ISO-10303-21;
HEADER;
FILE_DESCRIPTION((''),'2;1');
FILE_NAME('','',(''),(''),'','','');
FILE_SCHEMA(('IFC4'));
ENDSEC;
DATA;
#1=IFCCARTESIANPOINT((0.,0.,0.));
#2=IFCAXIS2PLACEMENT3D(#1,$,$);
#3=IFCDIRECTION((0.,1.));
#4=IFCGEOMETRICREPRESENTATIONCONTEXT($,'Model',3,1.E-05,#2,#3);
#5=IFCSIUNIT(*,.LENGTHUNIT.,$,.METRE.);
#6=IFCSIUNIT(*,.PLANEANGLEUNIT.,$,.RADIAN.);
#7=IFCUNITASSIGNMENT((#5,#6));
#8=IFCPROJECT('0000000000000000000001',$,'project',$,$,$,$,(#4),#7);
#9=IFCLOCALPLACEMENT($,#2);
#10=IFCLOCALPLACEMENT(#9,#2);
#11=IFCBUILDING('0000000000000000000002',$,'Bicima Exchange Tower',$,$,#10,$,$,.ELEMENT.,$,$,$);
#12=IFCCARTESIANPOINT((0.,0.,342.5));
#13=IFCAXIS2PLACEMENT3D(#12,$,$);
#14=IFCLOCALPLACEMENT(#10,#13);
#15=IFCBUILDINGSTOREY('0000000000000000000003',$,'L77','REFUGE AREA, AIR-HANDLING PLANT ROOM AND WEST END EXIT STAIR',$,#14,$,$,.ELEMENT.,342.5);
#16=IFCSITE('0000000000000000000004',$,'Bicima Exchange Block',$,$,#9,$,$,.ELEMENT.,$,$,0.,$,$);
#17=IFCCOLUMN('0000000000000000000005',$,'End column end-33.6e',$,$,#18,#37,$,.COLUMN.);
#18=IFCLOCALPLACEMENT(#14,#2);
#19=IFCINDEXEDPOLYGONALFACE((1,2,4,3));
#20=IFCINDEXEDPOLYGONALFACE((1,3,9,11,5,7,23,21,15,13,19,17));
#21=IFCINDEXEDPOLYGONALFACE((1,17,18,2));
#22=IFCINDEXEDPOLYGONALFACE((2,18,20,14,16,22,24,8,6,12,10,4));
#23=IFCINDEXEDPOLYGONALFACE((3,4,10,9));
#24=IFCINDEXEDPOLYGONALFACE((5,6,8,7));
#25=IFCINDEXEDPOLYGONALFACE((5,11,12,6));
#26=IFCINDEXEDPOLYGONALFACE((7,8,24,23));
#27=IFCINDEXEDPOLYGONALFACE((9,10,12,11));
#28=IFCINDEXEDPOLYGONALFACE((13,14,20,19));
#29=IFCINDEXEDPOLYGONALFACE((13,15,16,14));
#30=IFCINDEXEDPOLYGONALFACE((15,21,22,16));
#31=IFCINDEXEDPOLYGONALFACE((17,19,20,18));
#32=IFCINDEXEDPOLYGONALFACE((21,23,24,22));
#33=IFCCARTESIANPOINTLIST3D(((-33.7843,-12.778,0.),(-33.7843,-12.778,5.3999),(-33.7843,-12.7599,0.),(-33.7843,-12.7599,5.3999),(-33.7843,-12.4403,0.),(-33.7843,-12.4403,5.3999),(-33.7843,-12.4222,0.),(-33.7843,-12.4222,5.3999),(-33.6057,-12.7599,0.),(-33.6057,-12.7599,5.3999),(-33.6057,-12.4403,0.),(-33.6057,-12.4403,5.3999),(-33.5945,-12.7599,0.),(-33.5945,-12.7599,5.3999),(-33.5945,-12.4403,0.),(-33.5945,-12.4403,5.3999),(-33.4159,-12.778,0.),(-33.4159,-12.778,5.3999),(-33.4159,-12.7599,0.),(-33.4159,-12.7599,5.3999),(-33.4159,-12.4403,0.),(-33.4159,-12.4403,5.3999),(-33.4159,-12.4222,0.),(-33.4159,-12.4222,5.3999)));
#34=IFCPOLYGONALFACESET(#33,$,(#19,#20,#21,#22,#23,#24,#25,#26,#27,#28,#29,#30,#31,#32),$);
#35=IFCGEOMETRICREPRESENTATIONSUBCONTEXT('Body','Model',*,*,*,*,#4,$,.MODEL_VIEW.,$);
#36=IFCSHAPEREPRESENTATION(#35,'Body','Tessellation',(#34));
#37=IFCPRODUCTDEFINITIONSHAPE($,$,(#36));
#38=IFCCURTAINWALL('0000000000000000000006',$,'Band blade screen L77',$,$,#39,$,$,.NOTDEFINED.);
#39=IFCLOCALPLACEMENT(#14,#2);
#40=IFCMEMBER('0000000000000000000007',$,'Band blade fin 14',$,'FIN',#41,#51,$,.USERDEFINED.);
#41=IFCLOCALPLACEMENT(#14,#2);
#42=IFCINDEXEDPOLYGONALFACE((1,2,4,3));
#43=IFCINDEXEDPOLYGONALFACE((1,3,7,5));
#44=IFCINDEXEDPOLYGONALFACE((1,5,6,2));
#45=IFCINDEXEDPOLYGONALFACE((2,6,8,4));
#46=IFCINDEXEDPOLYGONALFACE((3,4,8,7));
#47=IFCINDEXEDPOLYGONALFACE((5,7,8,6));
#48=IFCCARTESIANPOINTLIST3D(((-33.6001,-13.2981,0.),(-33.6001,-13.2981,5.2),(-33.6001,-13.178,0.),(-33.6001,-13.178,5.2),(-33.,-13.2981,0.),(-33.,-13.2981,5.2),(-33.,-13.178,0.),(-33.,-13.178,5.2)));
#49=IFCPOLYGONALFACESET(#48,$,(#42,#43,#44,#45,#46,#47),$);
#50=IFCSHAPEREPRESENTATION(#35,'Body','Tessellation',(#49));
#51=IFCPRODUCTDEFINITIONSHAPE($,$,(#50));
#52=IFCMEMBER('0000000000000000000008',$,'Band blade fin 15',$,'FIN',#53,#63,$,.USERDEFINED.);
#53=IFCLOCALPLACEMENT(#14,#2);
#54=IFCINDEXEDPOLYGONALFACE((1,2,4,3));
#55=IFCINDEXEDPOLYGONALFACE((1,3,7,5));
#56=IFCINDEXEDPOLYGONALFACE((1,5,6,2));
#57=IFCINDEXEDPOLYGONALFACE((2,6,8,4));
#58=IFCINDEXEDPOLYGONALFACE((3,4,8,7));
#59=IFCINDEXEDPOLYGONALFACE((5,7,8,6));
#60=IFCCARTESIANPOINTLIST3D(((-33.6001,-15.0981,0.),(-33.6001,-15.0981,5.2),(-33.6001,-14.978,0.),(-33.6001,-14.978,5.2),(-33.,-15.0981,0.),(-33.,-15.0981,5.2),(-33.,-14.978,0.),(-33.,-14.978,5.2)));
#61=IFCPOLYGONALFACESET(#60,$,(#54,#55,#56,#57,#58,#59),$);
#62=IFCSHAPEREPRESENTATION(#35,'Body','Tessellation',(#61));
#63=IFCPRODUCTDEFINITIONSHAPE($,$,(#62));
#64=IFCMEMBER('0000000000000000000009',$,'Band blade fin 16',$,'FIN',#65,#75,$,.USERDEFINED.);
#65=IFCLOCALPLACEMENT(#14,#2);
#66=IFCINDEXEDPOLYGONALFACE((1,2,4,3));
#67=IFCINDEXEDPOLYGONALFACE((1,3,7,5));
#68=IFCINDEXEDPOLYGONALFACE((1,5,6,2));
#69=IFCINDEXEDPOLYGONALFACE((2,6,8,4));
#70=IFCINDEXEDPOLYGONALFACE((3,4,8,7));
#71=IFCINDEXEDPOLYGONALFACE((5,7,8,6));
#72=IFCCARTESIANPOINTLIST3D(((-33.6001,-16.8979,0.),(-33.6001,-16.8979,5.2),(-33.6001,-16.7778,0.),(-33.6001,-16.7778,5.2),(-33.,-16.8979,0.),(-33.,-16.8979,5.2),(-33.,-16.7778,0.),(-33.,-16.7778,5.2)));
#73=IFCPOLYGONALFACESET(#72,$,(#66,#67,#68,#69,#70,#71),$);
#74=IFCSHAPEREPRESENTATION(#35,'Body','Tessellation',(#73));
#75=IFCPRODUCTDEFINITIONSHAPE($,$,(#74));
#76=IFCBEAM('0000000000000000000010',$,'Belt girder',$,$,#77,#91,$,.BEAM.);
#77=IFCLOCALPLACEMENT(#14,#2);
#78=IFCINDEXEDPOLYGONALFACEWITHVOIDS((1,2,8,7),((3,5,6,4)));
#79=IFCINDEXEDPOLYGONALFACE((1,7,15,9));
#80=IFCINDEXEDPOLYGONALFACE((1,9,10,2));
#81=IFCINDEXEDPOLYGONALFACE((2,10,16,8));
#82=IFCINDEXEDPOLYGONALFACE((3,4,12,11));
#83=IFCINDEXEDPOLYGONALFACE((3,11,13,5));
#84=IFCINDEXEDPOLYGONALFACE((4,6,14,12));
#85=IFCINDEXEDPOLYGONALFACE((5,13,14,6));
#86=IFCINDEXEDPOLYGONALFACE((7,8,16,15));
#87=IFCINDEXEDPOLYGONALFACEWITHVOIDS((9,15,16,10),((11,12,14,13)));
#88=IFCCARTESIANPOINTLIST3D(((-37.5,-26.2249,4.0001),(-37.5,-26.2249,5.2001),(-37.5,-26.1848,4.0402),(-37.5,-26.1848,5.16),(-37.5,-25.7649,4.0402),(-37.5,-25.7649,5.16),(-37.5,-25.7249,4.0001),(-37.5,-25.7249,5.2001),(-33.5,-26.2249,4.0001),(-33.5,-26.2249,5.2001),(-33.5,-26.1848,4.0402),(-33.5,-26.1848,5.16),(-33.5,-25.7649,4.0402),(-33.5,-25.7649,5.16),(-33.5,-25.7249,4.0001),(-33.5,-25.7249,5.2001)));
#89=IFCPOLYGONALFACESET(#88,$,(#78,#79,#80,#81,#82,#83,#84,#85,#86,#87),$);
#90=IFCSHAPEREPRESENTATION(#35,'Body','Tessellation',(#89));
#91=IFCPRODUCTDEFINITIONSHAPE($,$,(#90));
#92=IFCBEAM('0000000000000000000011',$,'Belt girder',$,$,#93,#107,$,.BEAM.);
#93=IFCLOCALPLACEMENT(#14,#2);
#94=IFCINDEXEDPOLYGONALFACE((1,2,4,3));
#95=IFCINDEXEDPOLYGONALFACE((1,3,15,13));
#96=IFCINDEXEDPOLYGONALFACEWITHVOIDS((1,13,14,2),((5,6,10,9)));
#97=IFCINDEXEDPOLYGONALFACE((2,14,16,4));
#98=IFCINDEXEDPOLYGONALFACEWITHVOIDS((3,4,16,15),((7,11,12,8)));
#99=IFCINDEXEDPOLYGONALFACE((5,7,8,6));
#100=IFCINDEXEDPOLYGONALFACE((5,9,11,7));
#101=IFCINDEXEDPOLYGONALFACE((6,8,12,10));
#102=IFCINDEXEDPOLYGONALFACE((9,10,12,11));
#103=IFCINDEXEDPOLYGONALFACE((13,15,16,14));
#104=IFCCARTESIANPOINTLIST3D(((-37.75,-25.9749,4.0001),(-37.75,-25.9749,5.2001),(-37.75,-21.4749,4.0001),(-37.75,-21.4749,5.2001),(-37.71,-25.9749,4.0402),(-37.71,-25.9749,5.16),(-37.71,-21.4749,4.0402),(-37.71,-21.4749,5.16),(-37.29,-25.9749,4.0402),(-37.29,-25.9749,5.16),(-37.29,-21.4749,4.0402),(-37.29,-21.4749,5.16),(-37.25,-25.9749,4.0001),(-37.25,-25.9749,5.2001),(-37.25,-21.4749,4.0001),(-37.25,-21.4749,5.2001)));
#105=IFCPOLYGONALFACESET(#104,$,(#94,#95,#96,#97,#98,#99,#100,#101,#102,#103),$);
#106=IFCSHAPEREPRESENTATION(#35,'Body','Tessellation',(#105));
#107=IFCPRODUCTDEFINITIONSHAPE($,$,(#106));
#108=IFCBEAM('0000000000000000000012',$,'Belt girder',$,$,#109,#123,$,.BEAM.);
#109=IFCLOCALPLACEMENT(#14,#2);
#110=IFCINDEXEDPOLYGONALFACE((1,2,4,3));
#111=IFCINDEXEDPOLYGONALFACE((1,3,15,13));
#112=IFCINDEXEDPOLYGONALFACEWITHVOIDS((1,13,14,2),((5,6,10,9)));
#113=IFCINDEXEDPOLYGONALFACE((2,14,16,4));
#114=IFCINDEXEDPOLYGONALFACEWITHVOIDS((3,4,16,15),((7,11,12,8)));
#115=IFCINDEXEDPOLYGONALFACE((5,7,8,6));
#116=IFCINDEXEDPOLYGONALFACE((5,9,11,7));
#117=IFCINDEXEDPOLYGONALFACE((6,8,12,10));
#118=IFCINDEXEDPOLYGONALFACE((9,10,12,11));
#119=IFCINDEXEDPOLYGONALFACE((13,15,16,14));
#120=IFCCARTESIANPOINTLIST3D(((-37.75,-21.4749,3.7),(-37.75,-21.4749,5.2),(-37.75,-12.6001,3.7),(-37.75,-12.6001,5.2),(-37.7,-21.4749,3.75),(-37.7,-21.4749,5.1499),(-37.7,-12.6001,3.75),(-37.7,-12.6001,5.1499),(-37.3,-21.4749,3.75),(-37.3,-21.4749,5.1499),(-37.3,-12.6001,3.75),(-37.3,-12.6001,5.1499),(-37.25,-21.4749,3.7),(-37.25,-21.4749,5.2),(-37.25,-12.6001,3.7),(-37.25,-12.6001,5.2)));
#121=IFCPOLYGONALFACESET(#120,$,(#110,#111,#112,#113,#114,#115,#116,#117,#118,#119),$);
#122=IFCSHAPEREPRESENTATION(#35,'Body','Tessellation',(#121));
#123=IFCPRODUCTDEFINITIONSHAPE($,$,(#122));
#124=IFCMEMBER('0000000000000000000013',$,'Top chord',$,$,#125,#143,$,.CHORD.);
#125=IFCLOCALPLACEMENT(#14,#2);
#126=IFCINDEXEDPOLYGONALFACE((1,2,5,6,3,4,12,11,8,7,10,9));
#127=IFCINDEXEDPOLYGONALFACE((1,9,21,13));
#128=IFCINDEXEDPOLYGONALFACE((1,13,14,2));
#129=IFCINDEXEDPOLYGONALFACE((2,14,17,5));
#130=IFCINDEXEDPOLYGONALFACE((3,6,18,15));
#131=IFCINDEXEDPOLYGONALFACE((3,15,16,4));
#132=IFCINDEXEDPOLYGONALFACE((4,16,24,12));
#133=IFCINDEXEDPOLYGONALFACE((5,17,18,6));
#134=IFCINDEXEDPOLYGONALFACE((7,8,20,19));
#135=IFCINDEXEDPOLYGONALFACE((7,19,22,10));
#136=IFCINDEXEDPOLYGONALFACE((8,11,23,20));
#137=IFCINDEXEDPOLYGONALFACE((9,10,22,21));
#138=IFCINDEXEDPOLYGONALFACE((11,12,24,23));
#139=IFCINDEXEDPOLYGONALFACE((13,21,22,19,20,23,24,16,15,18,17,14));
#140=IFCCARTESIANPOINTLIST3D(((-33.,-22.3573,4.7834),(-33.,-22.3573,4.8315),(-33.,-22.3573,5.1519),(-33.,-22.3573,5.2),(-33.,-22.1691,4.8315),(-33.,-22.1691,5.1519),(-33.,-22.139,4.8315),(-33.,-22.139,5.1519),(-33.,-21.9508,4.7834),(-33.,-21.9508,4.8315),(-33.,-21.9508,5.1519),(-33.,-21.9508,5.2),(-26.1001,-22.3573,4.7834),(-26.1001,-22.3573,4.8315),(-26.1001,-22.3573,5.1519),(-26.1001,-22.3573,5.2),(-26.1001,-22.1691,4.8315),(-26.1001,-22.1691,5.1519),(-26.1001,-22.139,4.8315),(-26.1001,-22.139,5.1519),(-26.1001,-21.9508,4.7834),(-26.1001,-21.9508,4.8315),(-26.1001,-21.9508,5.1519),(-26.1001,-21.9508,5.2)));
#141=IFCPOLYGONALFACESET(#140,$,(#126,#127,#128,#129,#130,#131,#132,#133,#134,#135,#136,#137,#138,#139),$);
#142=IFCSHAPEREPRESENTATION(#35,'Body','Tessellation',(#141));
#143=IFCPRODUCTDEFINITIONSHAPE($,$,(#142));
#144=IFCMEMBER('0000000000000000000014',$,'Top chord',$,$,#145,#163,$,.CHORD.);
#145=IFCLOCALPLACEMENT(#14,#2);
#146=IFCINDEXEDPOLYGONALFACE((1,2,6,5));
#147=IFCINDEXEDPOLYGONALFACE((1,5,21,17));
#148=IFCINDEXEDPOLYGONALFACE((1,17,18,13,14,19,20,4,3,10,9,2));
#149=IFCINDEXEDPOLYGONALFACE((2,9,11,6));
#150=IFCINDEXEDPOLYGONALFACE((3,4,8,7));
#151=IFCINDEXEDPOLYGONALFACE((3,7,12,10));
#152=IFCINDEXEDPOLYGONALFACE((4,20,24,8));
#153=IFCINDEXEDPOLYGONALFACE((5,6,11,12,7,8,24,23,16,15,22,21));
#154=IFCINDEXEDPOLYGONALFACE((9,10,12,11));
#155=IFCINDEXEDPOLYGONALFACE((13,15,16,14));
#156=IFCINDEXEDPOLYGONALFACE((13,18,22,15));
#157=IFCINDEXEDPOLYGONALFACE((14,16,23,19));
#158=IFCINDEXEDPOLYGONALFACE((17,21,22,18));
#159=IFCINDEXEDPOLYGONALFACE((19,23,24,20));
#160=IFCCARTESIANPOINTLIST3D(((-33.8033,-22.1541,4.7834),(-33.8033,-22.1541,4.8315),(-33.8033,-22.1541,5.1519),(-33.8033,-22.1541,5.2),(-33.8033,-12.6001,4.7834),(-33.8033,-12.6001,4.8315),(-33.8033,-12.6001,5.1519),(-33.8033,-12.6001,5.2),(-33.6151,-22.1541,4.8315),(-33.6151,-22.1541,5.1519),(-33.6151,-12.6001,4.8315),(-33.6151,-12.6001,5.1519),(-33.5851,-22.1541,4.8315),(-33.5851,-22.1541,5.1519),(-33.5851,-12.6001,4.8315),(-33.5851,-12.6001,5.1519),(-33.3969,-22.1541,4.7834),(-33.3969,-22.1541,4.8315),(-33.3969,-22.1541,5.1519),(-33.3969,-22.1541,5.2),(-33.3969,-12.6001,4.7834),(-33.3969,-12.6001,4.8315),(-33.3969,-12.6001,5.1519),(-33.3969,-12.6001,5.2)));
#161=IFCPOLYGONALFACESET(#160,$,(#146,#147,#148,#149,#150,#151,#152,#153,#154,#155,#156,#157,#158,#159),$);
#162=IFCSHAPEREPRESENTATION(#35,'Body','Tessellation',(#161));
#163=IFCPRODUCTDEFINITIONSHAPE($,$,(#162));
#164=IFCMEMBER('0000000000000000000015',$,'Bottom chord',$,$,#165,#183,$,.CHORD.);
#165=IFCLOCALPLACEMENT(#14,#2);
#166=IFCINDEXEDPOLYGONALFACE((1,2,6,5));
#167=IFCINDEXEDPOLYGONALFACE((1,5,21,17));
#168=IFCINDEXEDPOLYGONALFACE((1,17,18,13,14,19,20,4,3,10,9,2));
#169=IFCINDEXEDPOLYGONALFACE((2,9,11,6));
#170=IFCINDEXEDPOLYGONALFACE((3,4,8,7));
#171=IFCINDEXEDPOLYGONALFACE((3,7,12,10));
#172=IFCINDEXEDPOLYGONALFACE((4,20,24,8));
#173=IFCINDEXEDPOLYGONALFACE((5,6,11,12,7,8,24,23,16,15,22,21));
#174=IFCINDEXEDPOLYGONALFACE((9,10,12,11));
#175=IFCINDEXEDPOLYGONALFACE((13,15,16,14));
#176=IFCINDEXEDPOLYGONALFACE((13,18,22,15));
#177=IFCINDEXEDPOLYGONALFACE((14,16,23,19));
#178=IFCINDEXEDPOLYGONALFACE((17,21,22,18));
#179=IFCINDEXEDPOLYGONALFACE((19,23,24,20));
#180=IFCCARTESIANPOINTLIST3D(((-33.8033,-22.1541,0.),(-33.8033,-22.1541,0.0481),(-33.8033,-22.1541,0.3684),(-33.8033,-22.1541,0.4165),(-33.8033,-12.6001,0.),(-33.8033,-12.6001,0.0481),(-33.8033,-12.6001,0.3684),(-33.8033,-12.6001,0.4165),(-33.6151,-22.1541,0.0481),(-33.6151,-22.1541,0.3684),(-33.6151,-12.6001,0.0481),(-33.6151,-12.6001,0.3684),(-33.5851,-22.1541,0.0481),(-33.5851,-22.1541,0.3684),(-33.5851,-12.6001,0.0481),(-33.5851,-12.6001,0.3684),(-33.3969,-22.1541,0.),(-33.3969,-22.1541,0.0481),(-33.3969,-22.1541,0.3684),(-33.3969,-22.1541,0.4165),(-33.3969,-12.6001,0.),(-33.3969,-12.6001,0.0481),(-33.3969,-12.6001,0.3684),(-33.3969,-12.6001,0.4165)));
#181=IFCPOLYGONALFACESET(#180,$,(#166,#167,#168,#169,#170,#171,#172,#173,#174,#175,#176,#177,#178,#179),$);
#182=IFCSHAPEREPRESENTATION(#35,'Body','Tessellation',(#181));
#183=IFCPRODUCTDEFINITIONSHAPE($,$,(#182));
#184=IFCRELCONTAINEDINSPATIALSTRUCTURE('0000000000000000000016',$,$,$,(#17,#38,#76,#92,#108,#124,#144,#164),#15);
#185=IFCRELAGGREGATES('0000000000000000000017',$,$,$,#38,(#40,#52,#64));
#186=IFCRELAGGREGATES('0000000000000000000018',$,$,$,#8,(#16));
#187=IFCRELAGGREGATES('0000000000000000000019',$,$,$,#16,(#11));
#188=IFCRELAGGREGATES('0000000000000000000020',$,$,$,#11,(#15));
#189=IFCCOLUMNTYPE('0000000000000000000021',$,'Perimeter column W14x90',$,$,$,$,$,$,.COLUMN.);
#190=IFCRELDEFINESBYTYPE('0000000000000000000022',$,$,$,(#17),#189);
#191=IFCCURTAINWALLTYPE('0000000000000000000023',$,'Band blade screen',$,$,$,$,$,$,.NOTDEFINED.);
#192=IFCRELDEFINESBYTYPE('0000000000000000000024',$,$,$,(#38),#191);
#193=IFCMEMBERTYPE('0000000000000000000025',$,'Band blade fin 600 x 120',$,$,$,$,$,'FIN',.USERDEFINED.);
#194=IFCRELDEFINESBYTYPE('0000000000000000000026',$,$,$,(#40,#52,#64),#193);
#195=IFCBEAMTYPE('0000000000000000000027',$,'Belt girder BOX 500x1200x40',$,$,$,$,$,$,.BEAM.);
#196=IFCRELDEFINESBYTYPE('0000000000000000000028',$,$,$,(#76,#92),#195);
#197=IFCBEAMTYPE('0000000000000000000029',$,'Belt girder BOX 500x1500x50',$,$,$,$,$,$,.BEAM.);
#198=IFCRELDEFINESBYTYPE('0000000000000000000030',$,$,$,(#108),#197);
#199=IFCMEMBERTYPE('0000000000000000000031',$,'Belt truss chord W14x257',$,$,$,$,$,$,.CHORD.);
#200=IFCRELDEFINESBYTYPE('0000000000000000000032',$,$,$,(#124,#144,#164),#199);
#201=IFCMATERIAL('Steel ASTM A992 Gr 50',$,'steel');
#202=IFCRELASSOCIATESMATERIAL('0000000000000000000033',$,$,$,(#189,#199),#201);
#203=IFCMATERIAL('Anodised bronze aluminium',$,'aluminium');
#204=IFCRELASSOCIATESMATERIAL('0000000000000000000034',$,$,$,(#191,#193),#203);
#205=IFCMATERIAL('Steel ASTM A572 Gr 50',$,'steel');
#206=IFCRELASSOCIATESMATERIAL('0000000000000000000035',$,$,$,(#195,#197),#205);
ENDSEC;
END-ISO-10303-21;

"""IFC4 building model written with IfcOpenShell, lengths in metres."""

from ifc_helpers import new_model, si_unit, direction, frame, origin, origin_2d, place, context, subcontext, project, spatial, rectangle, hollow_rectangle, i_section, extrude, material, material_profile, profile_set, type_object, element, aggregate, save


model = new_model("IFC4")

# Units and contexts
model_context = context("Model", 3, precision=1e-05, world=origin(), true_north=direction((0.0, 1.0)))
body_context = subcontext(model_context, "Body", "Model", "MODEL_VIEW")
ifc_project = project(units=[si_unit("LENGTHUNIT", "METRE"), si_unit("PLANEANGLEUNIT", "RADIAN")], contexts=[model_context])

# Site, building, storey
site_placement = place(None, origin())
site = spatial("IfcSite", under=ifc_project, at=site_placement, Name="Bicima Exchange Block", CompositionType="ELEMENT", RefElevation=0.0)
building_placement = place(site_placement, origin())
building = spatial("IfcBuilding", under=site, at=building_placement, Name="Bicima Exchange Tower", CompositionType="ELEMENT")
storey_placement = place(building_placement, frame((0.0, 0.0, 342.5)))
storey = spatial("IfcBuildingStorey", under=building, at=storey_placement, Name="L77", Description="REFUGE AREA, AIR-HANDLING PLANT ROOM AND WEST END EXIT STAIR", CompositionType="ELEMENT", Elevation=342.5)

# Column
ifc_material_1 = material(Name="Steel ASTM A992 Gr 50", Category="steel")
ifc_material_profile_1 = material_profile(ifc_material_1, i_section(OverallWidth=0.3684, OverallDepth=0.3557, WebThickness=0.0112, FlangeThickness=0.0181, at=origin_2d()))
ifc_profile_set_1 = profile_set([ifc_material_profile_1], Name="Steel ASTM A992 Gr 50")
column_type = type_object("IfcColumnType", Name="Perimeter column W14x90", PredefinedType="COLUMN", material=ifc_profile_set_1)
column_placement = place(storey_placement, frame((-33.6001, -12.6001, 0.0), z_axis=(0.0, 0.0, 1.0), x_axis=(1.0, 0.0, 0.0)))
element("IfcColumn", 1, at=column_placement, inside=storey, type_object=column_type, Name="End column end-33.6e", PredefinedType="COLUMN", context=body_context, shape_type="SweptSolid", body=[
    extrude(i_section(OverallWidth=0.3684, OverallDepth=0.3557, WebThickness=0.0112, FlangeThickness=0.0181, at=origin_2d()), origin(), (0.0, 0.0, 1.0), 5.3999),
])

# Curtain wall, members
ifc_material_2 = material(Name="Anodised bronze aluminium", Category="aluminium")
curtain_wall_type = type_object("IfcCurtainWallType", Name="Band blade screen", PredefinedType="NOTDEFINED", material=ifc_material_2)
curtain_wall_placement = place(storey_placement, origin())
curtain_wall = element("IfcCurtainWall", 2, at=curtain_wall_placement, inside=storey, type_object=curtain_wall_type, Name="Band blade screen L77", PredefinedType="NOTDEFINED")
ifc_material_profile_2 = material_profile(ifc_material_2, rectangle(XDim=0.6001, YDim=0.1201, at=origin_2d()))
ifc_profile_set_2 = profile_set([ifc_material_profile_2], Name="Anodised bronze aluminium")
member_type_1 = type_object("IfcMemberType", Name="Band blade fin 600 x 120", ElementType="FIN", PredefinedType="USERDEFINED", material=ifc_profile_set_2)
member_1_placement = place(storey_placement, frame((-33.3, -13.238, 0.0), z_axis=(0.0, 0.0, 1.0), x_axis=(1.0, 0.0, 0.0)))
member_1 = element("IfcMember", 3, at=member_1_placement, type_object=member_type_1, Name="Band blade fin 14", ObjectType="FIN", PredefinedType="USERDEFINED", context=body_context, shape_type="SweptSolid", body=[
    extrude(rectangle(XDim=0.6001, YDim=0.1201, at=origin_2d()), origin(), (0.0, 0.0, 1.0), 5.2),
])
member_2_placement = place(storey_placement, frame((-33.3, -15.0381, 0.0), z_axis=(0.0, 0.0, 1.0), x_axis=(1.0, 0.0, 0.0)))
member_2 = element("IfcMember", 4, at=member_2_placement, type_object=member_type_1, Name="Band blade fin 15", ObjectType="FIN", PredefinedType="USERDEFINED", context=body_context, shape_type="SweptSolid", body=[
    extrude(rectangle(XDim=0.6001, YDim=0.1201, at=origin_2d()), origin(), (0.0, 0.0, 1.0), 5.2),
])
member_3_placement = place(storey_placement, frame((-33.3, -16.8379, 0.0), z_axis=(0.0, 0.0, 1.0), x_axis=(1.0, 0.0, 0.0)))
member_3 = element("IfcMember", 5, at=member_3_placement, type_object=member_type_1, Name="Band blade fin 16", ObjectType="FIN", PredefinedType="USERDEFINED", context=body_context, shape_type="SweptSolid", body=[
    extrude(rectangle(XDim=0.6001, YDim=0.1201, at=origin_2d()), origin(), (0.0, 0.0, 1.0), 5.2),
])
aggregate(curtain_wall, [member_1, member_2, member_3])

# Beams
ifc_material_3 = material(Name="Steel ASTM A572 Gr 50", Category="steel")
ifc_material_profile_3 = material_profile(ifc_material_3, hollow_rectangle(XDim=0.5, YDim=1.2, WallThickness=0.04, at=origin_2d()))
ifc_profile_set_3 = profile_set([ifc_material_profile_3], Name="Steel ASTM A572 Gr 50")
beam_type_1 = type_object("IfcBeamType", Name="Belt girder BOX 500x1200x40", PredefinedType="BEAM", material=ifc_profile_set_3)
beam_1_placement = place(storey_placement, frame((-37.5, -25.9749, 4.6001), z_axis=(1.0, 0.0, 0.0), x_axis=(0.0, 1.0, 0.0)))
element("IfcBeam", 6, at=beam_1_placement, inside=storey, type_object=beam_type_1, Name="Belt girder", PredefinedType="BEAM", context=body_context, shape_type="SweptSolid", body=[
    extrude(hollow_rectangle(XDim=0.5, YDim=1.2, WallThickness=0.04, at=origin_2d()), origin(), (0.0, 0.0, 1.0), 4.0),
])
beam_2_placement = place(storey_placement, frame((-37.5, -21.4749, 4.6001), z_axis=(0.0, -1.0, 0.0), x_axis=(1.0, 0.0, 0.0)))
element("IfcBeam", 7, at=beam_2_placement, inside=storey, type_object=beam_type_1, Name="Belt girder", PredefinedType="BEAM", context=body_context, shape_type="SweptSolid", body=[
    extrude(hollow_rectangle(XDim=0.5, YDim=1.2, WallThickness=0.04, at=origin_2d()), origin(), (0.0, 0.0, 1.0), 4.5),
])
ifc_material_profile_4 = material_profile(ifc_material_3, hollow_rectangle(XDim=0.5, YDim=1.5, WallThickness=0.05, at=origin_2d()))
ifc_profile_set_4 = profile_set([ifc_material_profile_4], Name="Steel ASTM A572 Gr 50")
beam_type_2 = type_object("IfcBeamType", Name="Belt girder BOX 500x1500x50", PredefinedType="BEAM", material=ifc_profile_set_4)
beam_3_placement = place(storey_placement, frame((-37.5, -12.6001, 4.45), z_axis=(0.0, -1.0, 0.0), x_axis=(1.0, 0.0, 0.0)))
element("IfcBeam", 8, at=beam_3_placement, inside=storey, type_object=beam_type_2, Name="Belt girder", PredefinedType="BEAM", context=body_context, shape_type="SweptSolid", body=[
    extrude(hollow_rectangle(XDim=0.5, YDim=1.5, WallThickness=0.05, at=origin_2d()), origin(), (0.0, 0.0, 1.0), 8.8748),
])

# Members
ifc_material_profile_5 = material_profile(ifc_material_1, i_section(OverallWidth=0.4065, OverallDepth=0.4165, WebThickness=0.03, FlangeThickness=0.0481, at=origin_2d()))
ifc_profile_set_5 = profile_set([ifc_material_profile_5], Name="Steel ASTM A992 Gr 50")
member_type_2 = type_object("IfcMemberType", Name="Belt truss chord W14x257", PredefinedType="CHORD", material=ifc_profile_set_5)
member_4_placement = place(storey_placement, frame((-33.0, -22.1541, 4.9917), z_axis=(1.0, 0.0, 0.0), x_axis=(0.0, 1.0, 0.0)))
element("IfcMember", 9, at=member_4_placement, inside=storey, type_object=member_type_2, Name="Top chord", PredefinedType="CHORD", context=body_context, shape_type="SweptSolid", body=[
    extrude(i_section(OverallWidth=0.4065, OverallDepth=0.4165, WebThickness=0.03, FlangeThickness=0.0481, at=origin_2d()), origin(), (0.0, 0.0, 1.0), 6.8999),
])
for number, where, z_axis, x_axis, name in (
    (10, (-33.6001, -12.6001, 4.9917), (0.0, -1.0, 0.0), (1.0, 0.0, 0.0), "Top chord"),
    (11, (-33.6001, -12.6001, 0.2083), (0.0, -1.0, 0.0), (1.0, 0.0, 0.0), "Bottom chord"),
):
    element("IfcMember", number, at=place(storey_placement, frame(where, z_axis=z_axis, x_axis=x_axis)), inside=storey, type_object=member_type_2, Name=name, PredefinedType="CHORD", context=body_context, shape_type="SweptSolid", body=[
        extrude(i_section(OverallWidth=0.4065, OverallDepth=0.4165, WebThickness=0.03, FlangeThickness=0.0481, at=origin_2d()), origin(), (0.0, 0.0, 1.0), 9.554),
    ])

save(model, "model.ifc")
